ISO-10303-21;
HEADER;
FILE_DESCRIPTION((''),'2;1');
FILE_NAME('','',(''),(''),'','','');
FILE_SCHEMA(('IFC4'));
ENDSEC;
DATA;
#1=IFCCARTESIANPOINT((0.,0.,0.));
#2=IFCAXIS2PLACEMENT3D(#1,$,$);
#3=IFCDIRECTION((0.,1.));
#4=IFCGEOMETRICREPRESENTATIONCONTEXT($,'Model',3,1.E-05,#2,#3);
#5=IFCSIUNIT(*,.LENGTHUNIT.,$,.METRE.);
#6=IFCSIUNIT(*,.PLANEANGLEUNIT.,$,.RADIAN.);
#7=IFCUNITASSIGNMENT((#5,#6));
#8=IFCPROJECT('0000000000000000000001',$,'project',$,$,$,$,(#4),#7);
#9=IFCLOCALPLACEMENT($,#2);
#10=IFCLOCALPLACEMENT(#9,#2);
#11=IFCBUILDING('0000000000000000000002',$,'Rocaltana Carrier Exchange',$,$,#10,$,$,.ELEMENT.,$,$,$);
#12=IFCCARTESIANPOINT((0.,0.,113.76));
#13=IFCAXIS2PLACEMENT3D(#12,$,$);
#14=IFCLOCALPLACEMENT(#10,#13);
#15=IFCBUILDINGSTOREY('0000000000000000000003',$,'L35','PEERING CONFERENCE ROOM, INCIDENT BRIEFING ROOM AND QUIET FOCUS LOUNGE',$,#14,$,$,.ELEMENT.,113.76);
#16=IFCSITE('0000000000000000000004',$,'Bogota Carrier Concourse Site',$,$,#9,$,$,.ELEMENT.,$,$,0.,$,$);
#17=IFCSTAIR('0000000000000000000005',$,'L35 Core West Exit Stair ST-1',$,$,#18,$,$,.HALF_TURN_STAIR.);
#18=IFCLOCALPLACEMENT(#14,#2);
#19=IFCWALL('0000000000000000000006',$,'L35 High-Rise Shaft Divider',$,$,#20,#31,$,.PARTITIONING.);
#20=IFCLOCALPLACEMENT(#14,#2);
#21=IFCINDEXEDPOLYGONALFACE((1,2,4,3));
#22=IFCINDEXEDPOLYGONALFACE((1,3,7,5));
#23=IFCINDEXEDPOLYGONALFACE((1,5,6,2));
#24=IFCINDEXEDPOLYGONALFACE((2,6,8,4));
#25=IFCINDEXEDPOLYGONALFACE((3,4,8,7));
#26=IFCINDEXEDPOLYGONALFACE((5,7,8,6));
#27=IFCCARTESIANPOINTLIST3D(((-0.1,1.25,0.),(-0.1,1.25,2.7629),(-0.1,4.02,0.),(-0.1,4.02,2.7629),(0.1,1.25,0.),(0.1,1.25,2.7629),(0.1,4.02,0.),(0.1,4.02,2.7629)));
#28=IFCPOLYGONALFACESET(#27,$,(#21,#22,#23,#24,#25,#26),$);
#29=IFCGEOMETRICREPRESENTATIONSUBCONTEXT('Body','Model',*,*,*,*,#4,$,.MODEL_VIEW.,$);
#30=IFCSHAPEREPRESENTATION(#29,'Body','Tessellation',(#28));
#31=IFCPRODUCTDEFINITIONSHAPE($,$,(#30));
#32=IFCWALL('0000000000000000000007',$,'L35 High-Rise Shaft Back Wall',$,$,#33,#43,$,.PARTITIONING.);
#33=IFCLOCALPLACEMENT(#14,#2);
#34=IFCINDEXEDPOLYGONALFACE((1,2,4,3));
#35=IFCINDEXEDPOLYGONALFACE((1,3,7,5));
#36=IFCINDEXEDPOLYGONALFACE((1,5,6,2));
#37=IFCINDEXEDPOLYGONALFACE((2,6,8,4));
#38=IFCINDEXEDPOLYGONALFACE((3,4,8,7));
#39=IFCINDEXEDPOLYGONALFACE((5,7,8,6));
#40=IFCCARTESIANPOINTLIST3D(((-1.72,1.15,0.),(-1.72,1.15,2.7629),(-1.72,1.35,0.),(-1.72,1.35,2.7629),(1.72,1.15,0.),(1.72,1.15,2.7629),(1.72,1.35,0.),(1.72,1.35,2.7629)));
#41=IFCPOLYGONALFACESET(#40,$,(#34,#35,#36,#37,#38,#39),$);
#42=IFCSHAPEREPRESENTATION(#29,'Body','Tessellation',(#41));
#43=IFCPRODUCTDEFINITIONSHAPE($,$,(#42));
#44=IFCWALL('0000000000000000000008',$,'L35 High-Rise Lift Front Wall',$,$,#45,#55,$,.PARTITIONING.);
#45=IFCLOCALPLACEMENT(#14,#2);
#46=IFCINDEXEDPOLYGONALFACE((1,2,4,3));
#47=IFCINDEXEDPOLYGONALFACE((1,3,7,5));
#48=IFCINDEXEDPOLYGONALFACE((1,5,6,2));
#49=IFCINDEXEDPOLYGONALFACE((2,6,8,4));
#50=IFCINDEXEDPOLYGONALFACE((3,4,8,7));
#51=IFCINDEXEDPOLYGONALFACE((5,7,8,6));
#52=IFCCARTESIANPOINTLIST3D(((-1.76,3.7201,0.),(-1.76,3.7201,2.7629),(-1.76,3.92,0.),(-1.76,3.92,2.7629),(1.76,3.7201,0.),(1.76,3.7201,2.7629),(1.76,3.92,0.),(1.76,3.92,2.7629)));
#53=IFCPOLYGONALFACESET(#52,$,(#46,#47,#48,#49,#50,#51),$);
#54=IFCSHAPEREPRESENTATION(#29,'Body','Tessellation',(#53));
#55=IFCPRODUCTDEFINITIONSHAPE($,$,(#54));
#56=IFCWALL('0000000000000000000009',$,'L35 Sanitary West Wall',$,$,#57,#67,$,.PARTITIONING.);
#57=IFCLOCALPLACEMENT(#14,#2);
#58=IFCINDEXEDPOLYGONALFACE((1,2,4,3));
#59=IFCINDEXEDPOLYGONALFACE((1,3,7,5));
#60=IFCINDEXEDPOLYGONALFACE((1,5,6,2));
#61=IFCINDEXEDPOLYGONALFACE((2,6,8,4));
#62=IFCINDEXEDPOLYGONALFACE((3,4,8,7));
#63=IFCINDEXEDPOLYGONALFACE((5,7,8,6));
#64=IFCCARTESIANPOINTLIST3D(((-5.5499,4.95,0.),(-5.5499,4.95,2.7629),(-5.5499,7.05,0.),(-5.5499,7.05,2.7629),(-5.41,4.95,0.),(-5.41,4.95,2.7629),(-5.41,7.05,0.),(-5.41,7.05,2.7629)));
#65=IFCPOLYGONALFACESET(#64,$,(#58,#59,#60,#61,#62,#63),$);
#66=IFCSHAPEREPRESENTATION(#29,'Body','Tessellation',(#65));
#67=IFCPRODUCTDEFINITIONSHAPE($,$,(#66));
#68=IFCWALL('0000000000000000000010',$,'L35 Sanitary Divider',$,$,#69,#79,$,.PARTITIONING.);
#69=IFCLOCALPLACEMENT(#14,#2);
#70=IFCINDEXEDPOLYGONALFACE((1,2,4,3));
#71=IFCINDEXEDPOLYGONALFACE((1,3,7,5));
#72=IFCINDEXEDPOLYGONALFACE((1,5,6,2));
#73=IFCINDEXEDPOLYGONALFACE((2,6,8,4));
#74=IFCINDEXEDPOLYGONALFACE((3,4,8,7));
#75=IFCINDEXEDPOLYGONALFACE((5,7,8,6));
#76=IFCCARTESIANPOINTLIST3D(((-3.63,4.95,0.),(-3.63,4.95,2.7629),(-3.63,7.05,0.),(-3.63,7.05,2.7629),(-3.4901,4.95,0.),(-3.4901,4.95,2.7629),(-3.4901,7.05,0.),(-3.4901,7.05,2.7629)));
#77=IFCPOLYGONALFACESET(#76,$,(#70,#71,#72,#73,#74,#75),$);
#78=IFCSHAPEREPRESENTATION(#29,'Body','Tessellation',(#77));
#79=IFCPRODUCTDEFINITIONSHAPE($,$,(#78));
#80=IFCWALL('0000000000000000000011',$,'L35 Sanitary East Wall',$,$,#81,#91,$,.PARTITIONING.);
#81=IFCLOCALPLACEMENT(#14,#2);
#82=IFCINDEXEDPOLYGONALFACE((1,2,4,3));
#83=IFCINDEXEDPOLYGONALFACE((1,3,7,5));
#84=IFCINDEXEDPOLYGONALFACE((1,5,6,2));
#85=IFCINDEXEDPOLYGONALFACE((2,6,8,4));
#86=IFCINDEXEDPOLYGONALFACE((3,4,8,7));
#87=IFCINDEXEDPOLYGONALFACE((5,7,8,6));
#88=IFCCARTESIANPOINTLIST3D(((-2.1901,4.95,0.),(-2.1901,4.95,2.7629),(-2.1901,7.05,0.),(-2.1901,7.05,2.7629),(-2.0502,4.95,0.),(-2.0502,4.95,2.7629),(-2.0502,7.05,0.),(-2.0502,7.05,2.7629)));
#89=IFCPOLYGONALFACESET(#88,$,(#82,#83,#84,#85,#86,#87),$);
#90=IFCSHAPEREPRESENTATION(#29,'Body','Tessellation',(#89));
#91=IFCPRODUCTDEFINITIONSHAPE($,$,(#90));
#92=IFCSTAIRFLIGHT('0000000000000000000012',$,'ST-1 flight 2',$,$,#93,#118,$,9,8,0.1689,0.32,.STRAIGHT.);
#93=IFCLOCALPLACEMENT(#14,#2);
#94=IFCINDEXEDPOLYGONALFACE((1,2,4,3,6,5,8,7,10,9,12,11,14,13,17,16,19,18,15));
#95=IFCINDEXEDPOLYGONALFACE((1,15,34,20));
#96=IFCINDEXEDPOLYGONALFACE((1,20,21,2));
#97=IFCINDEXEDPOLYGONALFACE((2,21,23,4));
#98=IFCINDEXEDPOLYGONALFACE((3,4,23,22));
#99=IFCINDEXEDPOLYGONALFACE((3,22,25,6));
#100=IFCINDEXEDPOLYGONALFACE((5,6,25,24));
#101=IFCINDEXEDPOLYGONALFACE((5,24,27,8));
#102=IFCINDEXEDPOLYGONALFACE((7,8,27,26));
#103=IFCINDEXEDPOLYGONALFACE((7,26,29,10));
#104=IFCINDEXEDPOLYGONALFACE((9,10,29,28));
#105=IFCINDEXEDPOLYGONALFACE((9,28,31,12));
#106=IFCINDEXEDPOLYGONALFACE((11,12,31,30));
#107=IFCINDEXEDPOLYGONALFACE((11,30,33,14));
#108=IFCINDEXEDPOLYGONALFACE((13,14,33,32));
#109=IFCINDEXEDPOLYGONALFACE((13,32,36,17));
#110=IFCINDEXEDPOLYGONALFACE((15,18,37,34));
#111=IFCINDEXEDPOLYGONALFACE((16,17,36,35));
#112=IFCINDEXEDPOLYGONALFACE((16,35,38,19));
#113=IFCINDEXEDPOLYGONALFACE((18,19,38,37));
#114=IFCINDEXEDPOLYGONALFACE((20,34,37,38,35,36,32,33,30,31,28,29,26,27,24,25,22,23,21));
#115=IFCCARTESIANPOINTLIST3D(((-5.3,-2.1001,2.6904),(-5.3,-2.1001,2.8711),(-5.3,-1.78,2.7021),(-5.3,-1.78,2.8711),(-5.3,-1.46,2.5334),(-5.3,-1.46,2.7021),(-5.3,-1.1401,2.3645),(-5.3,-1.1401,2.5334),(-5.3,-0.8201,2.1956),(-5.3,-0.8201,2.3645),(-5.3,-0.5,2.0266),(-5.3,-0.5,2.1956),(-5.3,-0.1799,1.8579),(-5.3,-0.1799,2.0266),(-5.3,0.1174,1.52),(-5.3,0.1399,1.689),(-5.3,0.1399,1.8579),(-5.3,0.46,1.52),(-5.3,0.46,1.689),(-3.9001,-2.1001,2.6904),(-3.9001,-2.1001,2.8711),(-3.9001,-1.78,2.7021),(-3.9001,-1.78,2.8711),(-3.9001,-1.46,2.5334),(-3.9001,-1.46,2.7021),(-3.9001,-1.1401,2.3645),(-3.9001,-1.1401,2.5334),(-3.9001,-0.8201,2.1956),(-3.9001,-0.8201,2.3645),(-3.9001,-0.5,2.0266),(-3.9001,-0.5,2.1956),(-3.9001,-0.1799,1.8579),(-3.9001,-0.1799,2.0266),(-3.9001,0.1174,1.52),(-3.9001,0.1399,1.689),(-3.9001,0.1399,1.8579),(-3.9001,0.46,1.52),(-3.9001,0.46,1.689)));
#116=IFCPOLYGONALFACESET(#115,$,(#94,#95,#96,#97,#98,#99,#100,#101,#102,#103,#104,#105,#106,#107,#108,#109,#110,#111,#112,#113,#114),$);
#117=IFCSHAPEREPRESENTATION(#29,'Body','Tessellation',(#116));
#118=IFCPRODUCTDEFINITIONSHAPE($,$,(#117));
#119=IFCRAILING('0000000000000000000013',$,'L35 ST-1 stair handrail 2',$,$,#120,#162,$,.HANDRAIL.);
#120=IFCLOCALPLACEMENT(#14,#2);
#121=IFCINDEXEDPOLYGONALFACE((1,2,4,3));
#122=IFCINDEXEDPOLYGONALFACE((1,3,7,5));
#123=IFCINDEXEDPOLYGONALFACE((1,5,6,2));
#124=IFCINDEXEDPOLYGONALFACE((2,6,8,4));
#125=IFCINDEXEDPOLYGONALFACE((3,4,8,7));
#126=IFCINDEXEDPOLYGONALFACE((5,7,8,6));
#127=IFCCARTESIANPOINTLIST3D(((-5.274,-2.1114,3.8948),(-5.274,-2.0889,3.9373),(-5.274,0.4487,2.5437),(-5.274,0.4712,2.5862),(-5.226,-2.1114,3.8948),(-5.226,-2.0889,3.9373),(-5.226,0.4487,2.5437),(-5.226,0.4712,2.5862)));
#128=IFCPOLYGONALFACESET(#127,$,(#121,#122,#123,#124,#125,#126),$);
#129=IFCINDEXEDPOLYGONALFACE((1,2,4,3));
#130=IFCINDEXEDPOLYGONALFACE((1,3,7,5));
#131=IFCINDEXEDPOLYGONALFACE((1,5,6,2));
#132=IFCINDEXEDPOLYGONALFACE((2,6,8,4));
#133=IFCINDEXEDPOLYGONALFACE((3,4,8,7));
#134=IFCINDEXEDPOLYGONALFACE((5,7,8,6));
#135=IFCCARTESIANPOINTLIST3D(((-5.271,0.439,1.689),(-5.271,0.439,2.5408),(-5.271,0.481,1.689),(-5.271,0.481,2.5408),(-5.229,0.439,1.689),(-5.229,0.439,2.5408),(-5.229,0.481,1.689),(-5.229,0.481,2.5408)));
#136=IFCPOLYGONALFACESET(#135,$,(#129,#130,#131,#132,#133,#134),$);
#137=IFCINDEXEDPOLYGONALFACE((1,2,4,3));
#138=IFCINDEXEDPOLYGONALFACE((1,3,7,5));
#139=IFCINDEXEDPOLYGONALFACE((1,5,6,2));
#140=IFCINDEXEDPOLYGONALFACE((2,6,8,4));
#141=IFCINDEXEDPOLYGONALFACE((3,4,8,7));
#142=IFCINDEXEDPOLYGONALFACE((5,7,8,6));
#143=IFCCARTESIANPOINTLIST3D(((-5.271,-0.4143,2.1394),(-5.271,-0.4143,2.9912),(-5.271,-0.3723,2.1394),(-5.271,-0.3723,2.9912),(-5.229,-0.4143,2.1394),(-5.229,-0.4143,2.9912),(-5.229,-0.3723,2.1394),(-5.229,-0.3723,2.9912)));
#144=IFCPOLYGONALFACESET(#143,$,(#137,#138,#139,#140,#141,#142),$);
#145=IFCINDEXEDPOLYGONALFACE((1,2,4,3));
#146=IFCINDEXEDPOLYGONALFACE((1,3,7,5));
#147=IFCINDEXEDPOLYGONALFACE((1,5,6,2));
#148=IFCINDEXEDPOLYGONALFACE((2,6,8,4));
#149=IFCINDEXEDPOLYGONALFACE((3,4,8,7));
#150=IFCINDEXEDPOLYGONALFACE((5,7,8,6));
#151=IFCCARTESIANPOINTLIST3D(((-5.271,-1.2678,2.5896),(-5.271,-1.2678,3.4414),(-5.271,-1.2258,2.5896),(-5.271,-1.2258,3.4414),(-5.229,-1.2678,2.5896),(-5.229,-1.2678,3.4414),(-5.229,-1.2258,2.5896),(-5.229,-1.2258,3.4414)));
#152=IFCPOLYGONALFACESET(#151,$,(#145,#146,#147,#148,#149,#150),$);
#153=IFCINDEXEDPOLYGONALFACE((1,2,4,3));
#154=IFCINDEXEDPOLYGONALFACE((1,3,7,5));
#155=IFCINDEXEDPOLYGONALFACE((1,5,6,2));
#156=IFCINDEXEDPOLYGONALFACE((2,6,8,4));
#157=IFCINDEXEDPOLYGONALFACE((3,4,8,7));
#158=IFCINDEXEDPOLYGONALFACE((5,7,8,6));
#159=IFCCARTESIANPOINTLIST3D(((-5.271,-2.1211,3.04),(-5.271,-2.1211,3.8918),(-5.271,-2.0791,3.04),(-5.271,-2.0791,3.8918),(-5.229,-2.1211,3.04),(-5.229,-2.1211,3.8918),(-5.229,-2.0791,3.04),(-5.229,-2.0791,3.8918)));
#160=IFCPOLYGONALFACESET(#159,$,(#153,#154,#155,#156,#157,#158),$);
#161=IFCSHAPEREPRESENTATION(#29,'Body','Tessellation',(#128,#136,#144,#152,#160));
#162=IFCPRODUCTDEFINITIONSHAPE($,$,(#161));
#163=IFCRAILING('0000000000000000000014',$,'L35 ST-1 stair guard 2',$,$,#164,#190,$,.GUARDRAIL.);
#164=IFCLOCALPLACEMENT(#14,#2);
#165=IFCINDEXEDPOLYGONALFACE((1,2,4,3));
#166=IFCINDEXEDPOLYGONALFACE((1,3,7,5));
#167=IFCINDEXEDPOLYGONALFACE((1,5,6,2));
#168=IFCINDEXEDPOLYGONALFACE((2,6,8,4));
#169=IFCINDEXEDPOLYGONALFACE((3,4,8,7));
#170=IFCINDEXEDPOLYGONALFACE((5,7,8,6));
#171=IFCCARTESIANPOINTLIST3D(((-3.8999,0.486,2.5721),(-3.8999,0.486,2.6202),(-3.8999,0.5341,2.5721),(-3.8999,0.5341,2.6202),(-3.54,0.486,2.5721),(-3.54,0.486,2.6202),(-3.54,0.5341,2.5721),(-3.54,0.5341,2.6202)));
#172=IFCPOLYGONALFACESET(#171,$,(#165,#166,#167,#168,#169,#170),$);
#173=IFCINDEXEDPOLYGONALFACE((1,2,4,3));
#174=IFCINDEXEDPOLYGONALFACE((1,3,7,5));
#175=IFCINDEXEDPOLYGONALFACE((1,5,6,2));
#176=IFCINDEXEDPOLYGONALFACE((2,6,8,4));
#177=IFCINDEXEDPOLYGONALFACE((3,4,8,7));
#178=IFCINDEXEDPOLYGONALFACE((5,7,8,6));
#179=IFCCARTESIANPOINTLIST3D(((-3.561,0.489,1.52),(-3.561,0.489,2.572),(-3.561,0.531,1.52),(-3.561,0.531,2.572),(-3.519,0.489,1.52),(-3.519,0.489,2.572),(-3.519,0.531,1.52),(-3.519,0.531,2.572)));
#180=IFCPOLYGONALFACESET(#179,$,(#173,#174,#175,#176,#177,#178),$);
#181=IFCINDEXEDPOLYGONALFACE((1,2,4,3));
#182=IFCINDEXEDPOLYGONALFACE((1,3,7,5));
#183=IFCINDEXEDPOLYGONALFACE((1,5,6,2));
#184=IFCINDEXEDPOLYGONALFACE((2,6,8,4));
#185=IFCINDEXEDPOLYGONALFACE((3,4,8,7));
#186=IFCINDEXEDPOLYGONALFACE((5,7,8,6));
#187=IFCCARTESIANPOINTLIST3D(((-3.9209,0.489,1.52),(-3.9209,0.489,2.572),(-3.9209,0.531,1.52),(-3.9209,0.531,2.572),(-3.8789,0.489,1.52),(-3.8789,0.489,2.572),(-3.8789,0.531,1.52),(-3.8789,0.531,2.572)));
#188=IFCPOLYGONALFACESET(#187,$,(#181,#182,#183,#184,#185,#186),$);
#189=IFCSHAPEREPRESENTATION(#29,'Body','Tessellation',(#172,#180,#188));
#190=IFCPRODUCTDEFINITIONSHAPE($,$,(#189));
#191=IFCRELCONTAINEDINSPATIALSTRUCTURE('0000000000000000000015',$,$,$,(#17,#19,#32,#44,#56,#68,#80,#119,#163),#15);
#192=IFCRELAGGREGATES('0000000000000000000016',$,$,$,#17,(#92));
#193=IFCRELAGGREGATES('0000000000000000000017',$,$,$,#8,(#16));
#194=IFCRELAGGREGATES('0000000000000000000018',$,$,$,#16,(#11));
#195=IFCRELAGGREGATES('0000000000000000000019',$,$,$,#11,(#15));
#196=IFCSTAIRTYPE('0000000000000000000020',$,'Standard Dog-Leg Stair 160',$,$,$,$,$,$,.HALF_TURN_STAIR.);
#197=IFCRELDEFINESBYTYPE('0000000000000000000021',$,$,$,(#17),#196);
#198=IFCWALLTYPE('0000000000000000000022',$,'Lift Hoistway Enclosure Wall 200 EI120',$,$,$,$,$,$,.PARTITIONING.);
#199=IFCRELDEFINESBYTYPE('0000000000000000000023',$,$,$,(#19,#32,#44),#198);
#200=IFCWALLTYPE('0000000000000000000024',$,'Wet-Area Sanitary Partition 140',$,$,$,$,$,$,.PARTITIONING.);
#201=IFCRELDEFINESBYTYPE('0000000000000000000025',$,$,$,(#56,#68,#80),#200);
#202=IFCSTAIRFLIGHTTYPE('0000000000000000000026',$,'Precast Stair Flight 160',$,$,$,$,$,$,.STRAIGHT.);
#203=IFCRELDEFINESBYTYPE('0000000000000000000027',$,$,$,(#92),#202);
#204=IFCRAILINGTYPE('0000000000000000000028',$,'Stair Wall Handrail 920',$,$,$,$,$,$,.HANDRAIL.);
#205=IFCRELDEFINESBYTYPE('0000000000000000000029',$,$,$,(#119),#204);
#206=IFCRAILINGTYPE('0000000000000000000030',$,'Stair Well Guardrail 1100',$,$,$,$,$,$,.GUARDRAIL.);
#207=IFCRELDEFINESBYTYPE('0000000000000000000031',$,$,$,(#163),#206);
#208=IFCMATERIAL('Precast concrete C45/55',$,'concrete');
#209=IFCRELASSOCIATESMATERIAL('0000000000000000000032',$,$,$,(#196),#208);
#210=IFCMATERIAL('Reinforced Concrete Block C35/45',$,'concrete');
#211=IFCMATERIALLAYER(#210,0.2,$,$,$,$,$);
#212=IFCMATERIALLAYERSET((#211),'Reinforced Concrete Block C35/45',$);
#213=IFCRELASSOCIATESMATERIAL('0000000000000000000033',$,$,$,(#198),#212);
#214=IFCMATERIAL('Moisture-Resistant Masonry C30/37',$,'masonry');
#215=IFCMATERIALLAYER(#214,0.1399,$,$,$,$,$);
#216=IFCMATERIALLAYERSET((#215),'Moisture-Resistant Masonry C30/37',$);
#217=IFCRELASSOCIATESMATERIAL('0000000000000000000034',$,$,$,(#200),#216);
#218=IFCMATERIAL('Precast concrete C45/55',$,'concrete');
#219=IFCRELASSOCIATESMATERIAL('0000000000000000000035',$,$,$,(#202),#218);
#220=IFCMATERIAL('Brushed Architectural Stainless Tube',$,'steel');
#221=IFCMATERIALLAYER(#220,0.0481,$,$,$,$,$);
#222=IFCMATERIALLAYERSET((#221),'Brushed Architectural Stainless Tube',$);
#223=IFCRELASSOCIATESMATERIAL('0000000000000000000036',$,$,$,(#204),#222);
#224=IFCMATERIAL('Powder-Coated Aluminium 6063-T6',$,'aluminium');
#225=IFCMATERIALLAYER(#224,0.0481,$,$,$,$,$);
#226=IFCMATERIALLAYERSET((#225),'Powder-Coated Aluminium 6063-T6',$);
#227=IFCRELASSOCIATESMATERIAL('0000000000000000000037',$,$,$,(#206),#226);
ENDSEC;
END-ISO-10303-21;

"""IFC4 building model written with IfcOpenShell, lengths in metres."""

from ifc_helpers import new_model, si_unit, direction, frame, frame_2d, origin, origin_2d, place, context, subcontext, project, spatial, polyline, rectangle, outline, extrude, material, layer, layer_set, type_object, element, aggregate, save


model = new_model("IFC4")

# Units and contexts
model_context = context("Model", 3, precision=1e-05, world=origin(), true_north=direction((0.0, 1.0)))
body_context = subcontext(model_context, "Body", "Model", "MODEL_VIEW")
ifc_project = project(units=[si_unit("LENGTHUNIT", "METRE"), si_unit("PLANEANGLEUNIT", "RADIAN")], contexts=[model_context])

# Site, building, storey
site_placement = place(None, origin())
site = spatial("IfcSite", under=ifc_project, at=site_placement, Name="Bogota Carrier Concourse Site", CompositionType="ELEMENT", RefElevation=0.0)
building_placement = place(site_placement, origin())
building = spatial("IfcBuilding", under=site, at=building_placement, Name="Rocaltana Carrier Exchange", CompositionType="ELEMENT")
storey_placement = place(building_placement, frame((0.0, 0.0, 113.76)))
storey = spatial("IfcBuildingStorey", under=building, at=storey_placement, Name="L35", Description="PEERING CONFERENCE ROOM, INCIDENT BRIEFING ROOM AND QUIET FOCUS LOUNGE", CompositionType="ELEMENT", Elevation=113.76)

# Stair
ifc_material_1 = material(Name="Precast concrete C45/55", Category="concrete")
stair_type = type_object("IfcStairType", Name="Standard Dog-Leg Stair 160", PredefinedType="HALF_TURN_STAIR", material=ifc_material_1)
stair_1_placement = place(storey_placement, origin())
stair_1 = element("IfcStair", 1, at=stair_1_placement, inside=storey, type_object=stair_type, Name="L35 Core West Exit Stair ST-1", PredefinedType="HALF_TURN_STAIR")

# Walls
ifc_material_2 = material(Name="Reinforced Concrete Block C35/45", Category="concrete")
ifc_layer_1 = layer(ifc_material_2, 0.2)
ifc_layer_set_1 = layer_set([ifc_layer_1], Name="Reinforced Concrete Block C35/45")
wall_type_1 = type_object("IfcWallType", Name="Lift Hoistway Enclosure Wall 200 EI120", PredefinedType="PARTITIONING", material=ifc_layer_set_1)
wall_1_placement = place(storey_placement, frame((0.0, 1.25, 0.0), z_axis=(0.0, 0.0, 1.0), x_axis=(0.0, 1.0, 0.0)))
element("IfcWall", 2, at=wall_1_placement, inside=storey, type_object=wall_type_1, Name="L35 High-Rise Shaft Divider", PredefinedType="PARTITIONING", context=body_context, shape_type="SweptSolid", body=[
    extrude(rectangle(XDim=2.77, YDim=0.2, at=frame_2d((1.385, 0.0))), origin(), (0.0, 0.0, 1.0), 2.7629),
])
wall_2_placement = place(storey_placement, frame((-1.72, 1.25, 0.0), z_axis=(0.0, 0.0, 1.0), x_axis=(1.0, 0.0, 0.0)))
element("IfcWall", 3, at=wall_2_placement, inside=storey, type_object=wall_type_1, Name="L35 High-Rise Shaft Back Wall", PredefinedType="PARTITIONING", context=body_context, shape_type="SweptSolid", body=[
    extrude(rectangle(XDim=3.4399, YDim=0.2, at=frame_2d((1.72, 0.0))), origin(), (0.0, 0.0, 1.0), 2.7629),
])
wall_3_placement = place(storey_placement, frame((-1.76, 3.8201, 0.0), z_axis=(0.0, 0.0, 1.0), x_axis=(1.0, 0.0, 0.0)))
element("IfcWall", 4, at=wall_3_placement, inside=storey, type_object=wall_type_1, Name="L35 High-Rise Lift Front Wall", PredefinedType="PARTITIONING", context=body_context, shape_type="SweptSolid", body=[
    extrude(rectangle(XDim=3.52, YDim=0.2, at=frame_2d((1.76, 0.0))), origin(), (0.0, 0.0, 1.0), 2.7629),
])
ifc_material_3 = material(Name="Moisture-Resistant Masonry C30/37", Category="masonry")
ifc_layer_2 = layer(ifc_material_3, 0.1399)
ifc_layer_set_2 = layer_set([ifc_layer_2], Name="Moisture-Resistant Masonry C30/37")
wall_type_2 = type_object("IfcWallType", Name="Wet-Area Sanitary Partition 140", PredefinedType="PARTITIONING", material=ifc_layer_set_2)
for number, where, z_axis, x_axis, name in (
    (5, (-5.48, 4.95, 0.0), (0.0, 0.0, 1.0), (0.0, 1.0, 0.0), "L35 Sanitary West Wall"),
    (6, (-3.5601, 4.95, 0.0), (0.0, 0.0, 1.0), (0.0, 1.0, 0.0), "L35 Sanitary Divider"),
    (7, (-2.1201, 4.95, 0.0), (0.0, 0.0, 1.0), (0.0, 1.0, 0.0), "L35 Sanitary East Wall"),
):
    element("IfcWall", number, at=place(storey_placement, frame(where, z_axis=z_axis, x_axis=x_axis)), inside=storey, type_object=wall_type_2, Name=name, PredefinedType="PARTITIONING", context=body_context, shape_type="SweptSolid", body=[
        extrude(rectangle(XDim=2.1001, YDim=0.1399, at=frame_2d((1.05, 0.0))), origin(), (0.0, 0.0, 1.0), 2.7629),
    ])

# Stair flight
ifc_material_4 = material(Name="Precast concrete C45/55", Category="concrete")
stair_flight_type = type_object("IfcStairFlightType", Name="Precast Stair Flight 160", PredefinedType="STRAIGHT", material=ifc_material_4)
stair_flight_placement = place(storey_placement, frame((-4.6001, 0.46, 1.52), z_axis=(0.0, 0.0, 1.0), x_axis=(0.0, -1.0, 0.0)))
stair_flight = element("IfcStairFlight", 8, at=stair_flight_placement, type_object=stair_flight_type, Name="ST-1 flight 2", NumberOfRisers=9, NumberOfTreads=8, PredefinedType="STRAIGHT", RiserHeight=0.1689, TreadLength=0.32, context=body_context, shape_type="SweptSolid", body=[
    extrude(outline(polyline([(0.0, 0.0), (0.0, 0.1689), (0.3201, 0.1689), (0.3201, 0.3379), (0.6399, 0.3379), (0.6399, 0.5066), (0.96, 0.5066), (0.96, 0.6755), (1.28, 0.6755), (1.28, 0.8445), (1.6001, 0.8445), (1.6001, 1.0134), (1.9199, 1.0134), (1.9199, 1.1821), (2.24, 1.1821), (2.24, 1.3511), (2.5601, 1.3511), (2.5601, 1.52), (2.5601, 1.1704), (0.3425, 0.0), (0.0, 0.0)])), frame((0.0, 0.7, 0.0), z_axis=(0.0, -1.0, 0.0), x_axis=(1.0, 0.0, 0.0)), (0.0, 0.0, 1.0), 1.3999),
])
aggregate(stair_1, [stair_flight])

# Railings
ifc_material_5 = material(Name="Brushed Architectural Stainless Tube", Category="steel")
ifc_layer_3 = layer(ifc_material_5, 0.0481)
ifc_layer_set_3 = layer_set([ifc_layer_3], Name="Brushed Architectural Stainless Tube")
railing_type_1 = type_object("IfcRailingType", Name="Stair Wall Handrail 920", PredefinedType="HANDRAIL", material=ifc_layer_set_3)
railing_1_placement = place(storey_placement, frame((-5.25, 0.46, 1.689)))
element("IfcRailing", 9, at=railing_1_placement, inside=storey, type_object=railing_type_1, Name="L35 ST-1 stair handrail 2", PredefinedType="HANDRAIL", context=body_context, shape_type="SweptSolid", body=[
    extrude(rectangle(XDim=0.0481, YDim=0.0481, at=origin_2d()), frame((0.0, 0.0, 0.876), z_axis=(0.0, -0.884394, 0.46674), x_axis=(1.0, 0.0, 0.0)), (0.0, 0.0, 1.0), 2.8948),
    extrude(rectangle(XDim=0.042, YDim=0.042, at=origin_2d()), origin(), (0.0, 0.0, 1.0), 0.8518),
    extrude(rectangle(XDim=0.042, YDim=0.042, at=origin_2d()), frame((0.0, -0.8533, 0.4504)), (0.0, 0.0, 1.0), 0.8518),
    extrude(rectangle(XDim=0.042, YDim=0.042, at=origin_2d()), frame((0.0, -1.7068, 0.9006)), (0.0, 0.0, 1.0), 0.8518),
    extrude(rectangle(XDim=0.042, YDim=0.042, at=origin_2d()), frame((0.0, -2.5601, 1.3511)), (0.0, 0.0, 1.0), 0.8518),
])
ifc_material_6 = material(Name="Powder-Coated Aluminium 6063-T6", Category="aluminium")
ifc_layer_4 = layer(ifc_material_6, 0.0481)
ifc_layer_set_4 = layer_set([ifc_layer_4], Name="Powder-Coated Aluminium 6063-T6")
railing_type_2 = type_object("IfcRailingType", Name="Stair Well Guardrail 1100", PredefinedType="GUARDRAIL", material=ifc_layer_set_4)
railing_2_placement = place(storey_placement, frame((-3.54, 0.51, 1.52)))
element("IfcRailing", 10, at=railing_2_placement, inside=storey, type_object=railing_type_2, Name="L35 ST-1 stair guard 2", PredefinedType="GUARDRAIL", context=body_context, shape_type="SweptSolid", body=[
    extrude(rectangle(XDim=0.0481, YDim=0.0481, at=origin_2d()), frame((0.0, 0.0, 1.0762), z_axis=(-1.0, 0.0, 0.0), x_axis=(0.0, -1.0, 0.0)), (0.0, 0.0, 1.0), 0.3599),
    extrude(rectangle(XDim=0.042, YDim=0.042, at=origin_2d()), origin(), (0.0, 0.0, 1.0), 1.052),
    extrude(rectangle(XDim=0.042, YDim=0.042, at=origin_2d()), frame((-0.3599, 0.0, 0.0)), (0.0, 0.0, 1.0), 1.052),
])

save(model, "model.ifc")
